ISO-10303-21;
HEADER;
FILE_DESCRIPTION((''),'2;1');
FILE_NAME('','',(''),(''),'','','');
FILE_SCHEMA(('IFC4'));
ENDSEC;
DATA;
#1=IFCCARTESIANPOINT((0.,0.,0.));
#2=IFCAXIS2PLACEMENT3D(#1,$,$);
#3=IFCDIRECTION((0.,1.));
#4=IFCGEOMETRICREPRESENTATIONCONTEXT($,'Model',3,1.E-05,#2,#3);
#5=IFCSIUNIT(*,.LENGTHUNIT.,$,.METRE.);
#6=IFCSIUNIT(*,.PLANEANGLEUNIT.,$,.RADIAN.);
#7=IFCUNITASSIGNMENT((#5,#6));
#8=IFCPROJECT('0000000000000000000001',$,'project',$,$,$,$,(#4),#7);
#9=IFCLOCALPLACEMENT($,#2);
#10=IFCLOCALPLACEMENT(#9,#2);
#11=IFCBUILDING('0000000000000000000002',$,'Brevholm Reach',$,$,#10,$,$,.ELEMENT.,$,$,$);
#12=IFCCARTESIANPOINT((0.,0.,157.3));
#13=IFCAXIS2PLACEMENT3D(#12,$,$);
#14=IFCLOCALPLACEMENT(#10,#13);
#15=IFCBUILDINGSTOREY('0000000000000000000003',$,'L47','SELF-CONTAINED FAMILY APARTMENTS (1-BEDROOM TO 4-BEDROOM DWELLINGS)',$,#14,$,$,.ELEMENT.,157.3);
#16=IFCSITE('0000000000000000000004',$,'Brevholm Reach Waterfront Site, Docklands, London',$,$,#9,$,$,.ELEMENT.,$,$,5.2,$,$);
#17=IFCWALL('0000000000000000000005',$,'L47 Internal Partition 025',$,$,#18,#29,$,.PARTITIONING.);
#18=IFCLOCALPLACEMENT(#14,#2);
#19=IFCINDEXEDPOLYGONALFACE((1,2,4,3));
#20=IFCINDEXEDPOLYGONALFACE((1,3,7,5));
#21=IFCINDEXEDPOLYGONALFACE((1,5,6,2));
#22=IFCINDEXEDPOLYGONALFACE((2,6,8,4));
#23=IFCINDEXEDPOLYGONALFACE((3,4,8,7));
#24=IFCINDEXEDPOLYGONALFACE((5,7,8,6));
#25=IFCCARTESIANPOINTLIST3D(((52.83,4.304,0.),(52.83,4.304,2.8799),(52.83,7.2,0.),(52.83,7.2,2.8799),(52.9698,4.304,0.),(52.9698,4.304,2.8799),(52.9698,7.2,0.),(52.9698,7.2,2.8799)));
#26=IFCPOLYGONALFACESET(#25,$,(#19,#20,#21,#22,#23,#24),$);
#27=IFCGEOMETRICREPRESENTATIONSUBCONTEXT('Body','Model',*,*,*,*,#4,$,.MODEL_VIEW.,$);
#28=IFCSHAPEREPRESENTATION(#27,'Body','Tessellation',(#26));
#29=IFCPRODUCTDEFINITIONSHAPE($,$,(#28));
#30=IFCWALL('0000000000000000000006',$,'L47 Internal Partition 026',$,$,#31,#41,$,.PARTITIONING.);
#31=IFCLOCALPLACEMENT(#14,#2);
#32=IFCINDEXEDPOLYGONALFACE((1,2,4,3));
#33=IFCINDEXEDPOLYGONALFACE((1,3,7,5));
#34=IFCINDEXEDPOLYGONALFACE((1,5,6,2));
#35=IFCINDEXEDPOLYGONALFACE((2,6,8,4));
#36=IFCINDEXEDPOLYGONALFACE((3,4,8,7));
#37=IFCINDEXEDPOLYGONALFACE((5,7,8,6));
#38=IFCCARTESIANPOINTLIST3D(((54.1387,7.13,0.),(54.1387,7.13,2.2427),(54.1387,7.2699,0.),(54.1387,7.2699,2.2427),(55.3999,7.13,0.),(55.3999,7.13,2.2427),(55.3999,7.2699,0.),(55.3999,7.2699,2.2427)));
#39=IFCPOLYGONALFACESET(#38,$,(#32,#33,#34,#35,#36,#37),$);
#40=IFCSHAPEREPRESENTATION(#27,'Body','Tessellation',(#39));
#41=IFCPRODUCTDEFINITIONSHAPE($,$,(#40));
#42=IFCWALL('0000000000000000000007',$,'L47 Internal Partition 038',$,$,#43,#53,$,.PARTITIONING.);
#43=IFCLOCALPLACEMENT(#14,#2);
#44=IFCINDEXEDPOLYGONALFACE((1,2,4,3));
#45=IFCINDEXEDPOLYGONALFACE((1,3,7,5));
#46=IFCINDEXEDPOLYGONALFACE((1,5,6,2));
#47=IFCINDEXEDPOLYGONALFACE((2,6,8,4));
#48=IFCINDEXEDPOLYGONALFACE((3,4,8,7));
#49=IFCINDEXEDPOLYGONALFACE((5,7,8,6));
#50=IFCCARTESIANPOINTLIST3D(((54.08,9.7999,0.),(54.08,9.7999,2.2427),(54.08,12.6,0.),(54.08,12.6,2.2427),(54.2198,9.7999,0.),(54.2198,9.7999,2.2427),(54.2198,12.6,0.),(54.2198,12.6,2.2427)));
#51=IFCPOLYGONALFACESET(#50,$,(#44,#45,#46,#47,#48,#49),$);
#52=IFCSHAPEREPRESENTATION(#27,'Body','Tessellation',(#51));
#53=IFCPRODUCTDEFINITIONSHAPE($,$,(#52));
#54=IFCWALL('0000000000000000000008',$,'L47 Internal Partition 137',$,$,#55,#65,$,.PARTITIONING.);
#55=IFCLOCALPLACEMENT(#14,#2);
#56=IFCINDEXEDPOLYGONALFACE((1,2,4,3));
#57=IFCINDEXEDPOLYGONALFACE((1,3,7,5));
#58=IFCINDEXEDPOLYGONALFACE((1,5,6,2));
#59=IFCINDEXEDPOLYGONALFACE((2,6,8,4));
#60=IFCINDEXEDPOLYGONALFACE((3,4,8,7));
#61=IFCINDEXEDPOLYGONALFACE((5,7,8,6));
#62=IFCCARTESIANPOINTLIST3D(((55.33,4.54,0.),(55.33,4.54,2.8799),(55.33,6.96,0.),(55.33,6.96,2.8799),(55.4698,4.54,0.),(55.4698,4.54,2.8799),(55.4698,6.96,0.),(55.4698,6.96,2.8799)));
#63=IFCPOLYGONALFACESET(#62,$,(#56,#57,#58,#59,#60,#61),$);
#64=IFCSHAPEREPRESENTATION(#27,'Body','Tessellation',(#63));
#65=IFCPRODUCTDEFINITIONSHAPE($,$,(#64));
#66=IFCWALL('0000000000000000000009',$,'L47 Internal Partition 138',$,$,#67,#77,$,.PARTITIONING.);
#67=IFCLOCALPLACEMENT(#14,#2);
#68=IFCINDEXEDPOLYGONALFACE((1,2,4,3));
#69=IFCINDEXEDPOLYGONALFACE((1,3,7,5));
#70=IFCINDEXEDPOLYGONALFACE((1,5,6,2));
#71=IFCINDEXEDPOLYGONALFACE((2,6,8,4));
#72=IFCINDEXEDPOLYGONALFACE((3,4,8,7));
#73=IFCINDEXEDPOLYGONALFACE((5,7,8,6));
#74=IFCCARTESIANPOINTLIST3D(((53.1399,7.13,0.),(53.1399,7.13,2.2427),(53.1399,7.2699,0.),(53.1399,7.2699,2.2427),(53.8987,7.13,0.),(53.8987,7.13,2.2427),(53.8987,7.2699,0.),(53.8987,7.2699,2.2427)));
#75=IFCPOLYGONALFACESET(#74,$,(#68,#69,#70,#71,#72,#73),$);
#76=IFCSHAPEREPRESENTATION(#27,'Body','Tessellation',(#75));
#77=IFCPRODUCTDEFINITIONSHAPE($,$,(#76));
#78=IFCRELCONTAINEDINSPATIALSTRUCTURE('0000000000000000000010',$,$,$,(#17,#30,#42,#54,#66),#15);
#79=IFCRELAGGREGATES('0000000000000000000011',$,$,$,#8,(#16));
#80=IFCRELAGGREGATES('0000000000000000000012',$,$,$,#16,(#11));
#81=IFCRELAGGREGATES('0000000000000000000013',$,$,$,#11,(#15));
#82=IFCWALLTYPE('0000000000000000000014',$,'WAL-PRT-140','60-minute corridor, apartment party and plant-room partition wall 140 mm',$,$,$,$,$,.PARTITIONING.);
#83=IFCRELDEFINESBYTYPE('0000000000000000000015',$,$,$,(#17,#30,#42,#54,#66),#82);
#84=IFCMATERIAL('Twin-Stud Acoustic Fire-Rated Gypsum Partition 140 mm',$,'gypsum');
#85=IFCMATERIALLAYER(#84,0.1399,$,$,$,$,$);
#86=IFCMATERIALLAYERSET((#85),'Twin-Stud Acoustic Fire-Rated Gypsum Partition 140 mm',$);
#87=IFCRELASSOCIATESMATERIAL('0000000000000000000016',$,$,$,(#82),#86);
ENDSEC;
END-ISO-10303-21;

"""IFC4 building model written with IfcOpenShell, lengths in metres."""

from ifc_helpers import new_model, si_unit, direction, frame, frame_2d, origin, place, context, subcontext, project, spatial, rectangle, extrude, material, layer, layer_set, type_object, element, save


model = new_model("IFC4")

# Units and contexts
model_context = context("Model", 3, precision=1e-05, world=origin(), true_north=direction((0.0, 1.0)))
body_context = subcontext(model_context, "Body", "Model", "MODEL_VIEW")
ifc_project = project(units=[si_unit("LENGTHUNIT", "METRE"), si_unit("PLANEANGLEUNIT", "RADIAN")], contexts=[model_context])

# Site, building, storey
site_placement = place(None, origin())
site = spatial("IfcSite", under=ifc_project, at=site_placement, Name="Brevholm Reach Waterfront Site, Docklands, London", CompositionType="ELEMENT", RefElevation=5.2)
building_placement = place(site_placement, origin())
building = spatial("IfcBuilding", under=site, at=building_placement, Name="Brevholm Reach", CompositionType="ELEMENT")
storey_placement = place(building_placement, frame((0.0, 0.0, 157.3)))
storey = spatial("IfcBuildingStorey", under=building, at=storey_placement, Name="L47", Description="SELF-CONTAINED FAMILY APARTMENTS (1-BEDROOM TO 4-BEDROOM DWELLINGS)", CompositionType="ELEMENT", Elevation=157.3)

# Shared definitions
ifc_material_1 = material(Name="Twin-Stud Acoustic Fire-Rated Gypsum Partition 140 mm", Category="gypsum")
ifc_layer_1 = layer(ifc_material_1, 0.1399)
ifc_layer_set_1 = layer_set([ifc_layer_1], Name="Twin-Stud Acoustic Fire-Rated Gypsum Partition 140 mm")
wall_type_1 = type_object("IfcWallType", Name="WAL-PRT-140", Description="60-minute corridor, apartment party and plant-room partition wall 140 mm", PredefinedType="PARTITIONING", material=ifc_layer_set_1)

# Walls
wall_1_placement = place(storey_placement, frame((52.8999, 4.304, 0.0), z_axis=(0.0, 0.0, 1.0), x_axis=(0.0, 1.0, 0.0)))
element("IfcWall", 1, at=wall_1_placement, inside=storey, type_object=wall_type_1, Name="L47 Internal Partition 025", PredefinedType="PARTITIONING", context=body_context, shape_type="SweptSolid", body=[
    extrude(rectangle(XDim=2.896, YDim=0.1399, at=frame_2d((1.448, 0.0))), origin(), (0.0, 0.0, 1.0), 2.8799),
])
wall_2_placement = place(storey_placement, frame((54.1387, 7.2, 0.0), z_axis=(0.0, 0.0, 1.0), x_axis=(1.0, 0.0, 0.0)))
element("IfcWall", 2, at=wall_2_placement, inside=storey, type_object=wall_type_1, Name="L47 Internal Partition 026", PredefinedType="PARTITIONING", context=body_context, shape_type="SweptSolid", body=[
    extrude(rectangle(XDim=1.2612, YDim=0.1399, at=frame_2d((0.6306, 0.0))), origin(), (0.0, 0.0, 1.0), 2.2427),
])
wall_3_placement = place(storey_placement, frame((54.1499, 9.8, 0.0), z_axis=(0.0, 0.0, 1.0), x_axis=(0.0, 1.0, 0.0)))
element("IfcWall", 3, at=wall_3_placement, inside=storey, type_object=wall_type_1, Name="L47 Internal Partition 038", PredefinedType="PARTITIONING", context=body_context, shape_type="SweptSolid", body=[
    extrude(rectangle(XDim=2.8, YDim=0.1399, at=frame_2d((1.3999, 0.0))), origin(), (0.0, 0.0, 1.0), 2.2427),
])
wall_4_placement = place(storey_placement, frame((55.3999, 4.54, 0.0), z_axis=(0.0, 0.0, 1.0), x_axis=(0.0, 1.0, 0.0)))
element("IfcWall", 4, at=wall_4_placement, inside=storey, type_object=wall_type_1, Name="L47 Internal Partition 137", PredefinedType="PARTITIONING", context=body_context, shape_type="SweptSolid", body=[
    extrude(rectangle(XDim=2.4199, YDim=0.1399, at=frame_2d((1.21, 0.0))), origin(), (0.0, 0.0, 1.0), 2.8799),
])
wall_5_placement = place(storey_placement, frame((53.1399, 7.2, 0.0), z_axis=(0.0, 0.0, 1.0), x_axis=(1.0, 0.0, 0.0)))
element("IfcWall", 5, at=wall_5_placement, inside=storey, type_object=wall_type_1, Name="L47 Internal Partition 138", PredefinedType="PARTITIONING", context=body_context, shape_type="SweptSolid", body=[
    extrude(rectangle(XDim=0.7588, YDim=0.1399, at=frame_2d((0.3794, 0.0))), origin(), (0.0, 0.0, 1.0), 2.2427),
])

save(model, "model.ifc")
